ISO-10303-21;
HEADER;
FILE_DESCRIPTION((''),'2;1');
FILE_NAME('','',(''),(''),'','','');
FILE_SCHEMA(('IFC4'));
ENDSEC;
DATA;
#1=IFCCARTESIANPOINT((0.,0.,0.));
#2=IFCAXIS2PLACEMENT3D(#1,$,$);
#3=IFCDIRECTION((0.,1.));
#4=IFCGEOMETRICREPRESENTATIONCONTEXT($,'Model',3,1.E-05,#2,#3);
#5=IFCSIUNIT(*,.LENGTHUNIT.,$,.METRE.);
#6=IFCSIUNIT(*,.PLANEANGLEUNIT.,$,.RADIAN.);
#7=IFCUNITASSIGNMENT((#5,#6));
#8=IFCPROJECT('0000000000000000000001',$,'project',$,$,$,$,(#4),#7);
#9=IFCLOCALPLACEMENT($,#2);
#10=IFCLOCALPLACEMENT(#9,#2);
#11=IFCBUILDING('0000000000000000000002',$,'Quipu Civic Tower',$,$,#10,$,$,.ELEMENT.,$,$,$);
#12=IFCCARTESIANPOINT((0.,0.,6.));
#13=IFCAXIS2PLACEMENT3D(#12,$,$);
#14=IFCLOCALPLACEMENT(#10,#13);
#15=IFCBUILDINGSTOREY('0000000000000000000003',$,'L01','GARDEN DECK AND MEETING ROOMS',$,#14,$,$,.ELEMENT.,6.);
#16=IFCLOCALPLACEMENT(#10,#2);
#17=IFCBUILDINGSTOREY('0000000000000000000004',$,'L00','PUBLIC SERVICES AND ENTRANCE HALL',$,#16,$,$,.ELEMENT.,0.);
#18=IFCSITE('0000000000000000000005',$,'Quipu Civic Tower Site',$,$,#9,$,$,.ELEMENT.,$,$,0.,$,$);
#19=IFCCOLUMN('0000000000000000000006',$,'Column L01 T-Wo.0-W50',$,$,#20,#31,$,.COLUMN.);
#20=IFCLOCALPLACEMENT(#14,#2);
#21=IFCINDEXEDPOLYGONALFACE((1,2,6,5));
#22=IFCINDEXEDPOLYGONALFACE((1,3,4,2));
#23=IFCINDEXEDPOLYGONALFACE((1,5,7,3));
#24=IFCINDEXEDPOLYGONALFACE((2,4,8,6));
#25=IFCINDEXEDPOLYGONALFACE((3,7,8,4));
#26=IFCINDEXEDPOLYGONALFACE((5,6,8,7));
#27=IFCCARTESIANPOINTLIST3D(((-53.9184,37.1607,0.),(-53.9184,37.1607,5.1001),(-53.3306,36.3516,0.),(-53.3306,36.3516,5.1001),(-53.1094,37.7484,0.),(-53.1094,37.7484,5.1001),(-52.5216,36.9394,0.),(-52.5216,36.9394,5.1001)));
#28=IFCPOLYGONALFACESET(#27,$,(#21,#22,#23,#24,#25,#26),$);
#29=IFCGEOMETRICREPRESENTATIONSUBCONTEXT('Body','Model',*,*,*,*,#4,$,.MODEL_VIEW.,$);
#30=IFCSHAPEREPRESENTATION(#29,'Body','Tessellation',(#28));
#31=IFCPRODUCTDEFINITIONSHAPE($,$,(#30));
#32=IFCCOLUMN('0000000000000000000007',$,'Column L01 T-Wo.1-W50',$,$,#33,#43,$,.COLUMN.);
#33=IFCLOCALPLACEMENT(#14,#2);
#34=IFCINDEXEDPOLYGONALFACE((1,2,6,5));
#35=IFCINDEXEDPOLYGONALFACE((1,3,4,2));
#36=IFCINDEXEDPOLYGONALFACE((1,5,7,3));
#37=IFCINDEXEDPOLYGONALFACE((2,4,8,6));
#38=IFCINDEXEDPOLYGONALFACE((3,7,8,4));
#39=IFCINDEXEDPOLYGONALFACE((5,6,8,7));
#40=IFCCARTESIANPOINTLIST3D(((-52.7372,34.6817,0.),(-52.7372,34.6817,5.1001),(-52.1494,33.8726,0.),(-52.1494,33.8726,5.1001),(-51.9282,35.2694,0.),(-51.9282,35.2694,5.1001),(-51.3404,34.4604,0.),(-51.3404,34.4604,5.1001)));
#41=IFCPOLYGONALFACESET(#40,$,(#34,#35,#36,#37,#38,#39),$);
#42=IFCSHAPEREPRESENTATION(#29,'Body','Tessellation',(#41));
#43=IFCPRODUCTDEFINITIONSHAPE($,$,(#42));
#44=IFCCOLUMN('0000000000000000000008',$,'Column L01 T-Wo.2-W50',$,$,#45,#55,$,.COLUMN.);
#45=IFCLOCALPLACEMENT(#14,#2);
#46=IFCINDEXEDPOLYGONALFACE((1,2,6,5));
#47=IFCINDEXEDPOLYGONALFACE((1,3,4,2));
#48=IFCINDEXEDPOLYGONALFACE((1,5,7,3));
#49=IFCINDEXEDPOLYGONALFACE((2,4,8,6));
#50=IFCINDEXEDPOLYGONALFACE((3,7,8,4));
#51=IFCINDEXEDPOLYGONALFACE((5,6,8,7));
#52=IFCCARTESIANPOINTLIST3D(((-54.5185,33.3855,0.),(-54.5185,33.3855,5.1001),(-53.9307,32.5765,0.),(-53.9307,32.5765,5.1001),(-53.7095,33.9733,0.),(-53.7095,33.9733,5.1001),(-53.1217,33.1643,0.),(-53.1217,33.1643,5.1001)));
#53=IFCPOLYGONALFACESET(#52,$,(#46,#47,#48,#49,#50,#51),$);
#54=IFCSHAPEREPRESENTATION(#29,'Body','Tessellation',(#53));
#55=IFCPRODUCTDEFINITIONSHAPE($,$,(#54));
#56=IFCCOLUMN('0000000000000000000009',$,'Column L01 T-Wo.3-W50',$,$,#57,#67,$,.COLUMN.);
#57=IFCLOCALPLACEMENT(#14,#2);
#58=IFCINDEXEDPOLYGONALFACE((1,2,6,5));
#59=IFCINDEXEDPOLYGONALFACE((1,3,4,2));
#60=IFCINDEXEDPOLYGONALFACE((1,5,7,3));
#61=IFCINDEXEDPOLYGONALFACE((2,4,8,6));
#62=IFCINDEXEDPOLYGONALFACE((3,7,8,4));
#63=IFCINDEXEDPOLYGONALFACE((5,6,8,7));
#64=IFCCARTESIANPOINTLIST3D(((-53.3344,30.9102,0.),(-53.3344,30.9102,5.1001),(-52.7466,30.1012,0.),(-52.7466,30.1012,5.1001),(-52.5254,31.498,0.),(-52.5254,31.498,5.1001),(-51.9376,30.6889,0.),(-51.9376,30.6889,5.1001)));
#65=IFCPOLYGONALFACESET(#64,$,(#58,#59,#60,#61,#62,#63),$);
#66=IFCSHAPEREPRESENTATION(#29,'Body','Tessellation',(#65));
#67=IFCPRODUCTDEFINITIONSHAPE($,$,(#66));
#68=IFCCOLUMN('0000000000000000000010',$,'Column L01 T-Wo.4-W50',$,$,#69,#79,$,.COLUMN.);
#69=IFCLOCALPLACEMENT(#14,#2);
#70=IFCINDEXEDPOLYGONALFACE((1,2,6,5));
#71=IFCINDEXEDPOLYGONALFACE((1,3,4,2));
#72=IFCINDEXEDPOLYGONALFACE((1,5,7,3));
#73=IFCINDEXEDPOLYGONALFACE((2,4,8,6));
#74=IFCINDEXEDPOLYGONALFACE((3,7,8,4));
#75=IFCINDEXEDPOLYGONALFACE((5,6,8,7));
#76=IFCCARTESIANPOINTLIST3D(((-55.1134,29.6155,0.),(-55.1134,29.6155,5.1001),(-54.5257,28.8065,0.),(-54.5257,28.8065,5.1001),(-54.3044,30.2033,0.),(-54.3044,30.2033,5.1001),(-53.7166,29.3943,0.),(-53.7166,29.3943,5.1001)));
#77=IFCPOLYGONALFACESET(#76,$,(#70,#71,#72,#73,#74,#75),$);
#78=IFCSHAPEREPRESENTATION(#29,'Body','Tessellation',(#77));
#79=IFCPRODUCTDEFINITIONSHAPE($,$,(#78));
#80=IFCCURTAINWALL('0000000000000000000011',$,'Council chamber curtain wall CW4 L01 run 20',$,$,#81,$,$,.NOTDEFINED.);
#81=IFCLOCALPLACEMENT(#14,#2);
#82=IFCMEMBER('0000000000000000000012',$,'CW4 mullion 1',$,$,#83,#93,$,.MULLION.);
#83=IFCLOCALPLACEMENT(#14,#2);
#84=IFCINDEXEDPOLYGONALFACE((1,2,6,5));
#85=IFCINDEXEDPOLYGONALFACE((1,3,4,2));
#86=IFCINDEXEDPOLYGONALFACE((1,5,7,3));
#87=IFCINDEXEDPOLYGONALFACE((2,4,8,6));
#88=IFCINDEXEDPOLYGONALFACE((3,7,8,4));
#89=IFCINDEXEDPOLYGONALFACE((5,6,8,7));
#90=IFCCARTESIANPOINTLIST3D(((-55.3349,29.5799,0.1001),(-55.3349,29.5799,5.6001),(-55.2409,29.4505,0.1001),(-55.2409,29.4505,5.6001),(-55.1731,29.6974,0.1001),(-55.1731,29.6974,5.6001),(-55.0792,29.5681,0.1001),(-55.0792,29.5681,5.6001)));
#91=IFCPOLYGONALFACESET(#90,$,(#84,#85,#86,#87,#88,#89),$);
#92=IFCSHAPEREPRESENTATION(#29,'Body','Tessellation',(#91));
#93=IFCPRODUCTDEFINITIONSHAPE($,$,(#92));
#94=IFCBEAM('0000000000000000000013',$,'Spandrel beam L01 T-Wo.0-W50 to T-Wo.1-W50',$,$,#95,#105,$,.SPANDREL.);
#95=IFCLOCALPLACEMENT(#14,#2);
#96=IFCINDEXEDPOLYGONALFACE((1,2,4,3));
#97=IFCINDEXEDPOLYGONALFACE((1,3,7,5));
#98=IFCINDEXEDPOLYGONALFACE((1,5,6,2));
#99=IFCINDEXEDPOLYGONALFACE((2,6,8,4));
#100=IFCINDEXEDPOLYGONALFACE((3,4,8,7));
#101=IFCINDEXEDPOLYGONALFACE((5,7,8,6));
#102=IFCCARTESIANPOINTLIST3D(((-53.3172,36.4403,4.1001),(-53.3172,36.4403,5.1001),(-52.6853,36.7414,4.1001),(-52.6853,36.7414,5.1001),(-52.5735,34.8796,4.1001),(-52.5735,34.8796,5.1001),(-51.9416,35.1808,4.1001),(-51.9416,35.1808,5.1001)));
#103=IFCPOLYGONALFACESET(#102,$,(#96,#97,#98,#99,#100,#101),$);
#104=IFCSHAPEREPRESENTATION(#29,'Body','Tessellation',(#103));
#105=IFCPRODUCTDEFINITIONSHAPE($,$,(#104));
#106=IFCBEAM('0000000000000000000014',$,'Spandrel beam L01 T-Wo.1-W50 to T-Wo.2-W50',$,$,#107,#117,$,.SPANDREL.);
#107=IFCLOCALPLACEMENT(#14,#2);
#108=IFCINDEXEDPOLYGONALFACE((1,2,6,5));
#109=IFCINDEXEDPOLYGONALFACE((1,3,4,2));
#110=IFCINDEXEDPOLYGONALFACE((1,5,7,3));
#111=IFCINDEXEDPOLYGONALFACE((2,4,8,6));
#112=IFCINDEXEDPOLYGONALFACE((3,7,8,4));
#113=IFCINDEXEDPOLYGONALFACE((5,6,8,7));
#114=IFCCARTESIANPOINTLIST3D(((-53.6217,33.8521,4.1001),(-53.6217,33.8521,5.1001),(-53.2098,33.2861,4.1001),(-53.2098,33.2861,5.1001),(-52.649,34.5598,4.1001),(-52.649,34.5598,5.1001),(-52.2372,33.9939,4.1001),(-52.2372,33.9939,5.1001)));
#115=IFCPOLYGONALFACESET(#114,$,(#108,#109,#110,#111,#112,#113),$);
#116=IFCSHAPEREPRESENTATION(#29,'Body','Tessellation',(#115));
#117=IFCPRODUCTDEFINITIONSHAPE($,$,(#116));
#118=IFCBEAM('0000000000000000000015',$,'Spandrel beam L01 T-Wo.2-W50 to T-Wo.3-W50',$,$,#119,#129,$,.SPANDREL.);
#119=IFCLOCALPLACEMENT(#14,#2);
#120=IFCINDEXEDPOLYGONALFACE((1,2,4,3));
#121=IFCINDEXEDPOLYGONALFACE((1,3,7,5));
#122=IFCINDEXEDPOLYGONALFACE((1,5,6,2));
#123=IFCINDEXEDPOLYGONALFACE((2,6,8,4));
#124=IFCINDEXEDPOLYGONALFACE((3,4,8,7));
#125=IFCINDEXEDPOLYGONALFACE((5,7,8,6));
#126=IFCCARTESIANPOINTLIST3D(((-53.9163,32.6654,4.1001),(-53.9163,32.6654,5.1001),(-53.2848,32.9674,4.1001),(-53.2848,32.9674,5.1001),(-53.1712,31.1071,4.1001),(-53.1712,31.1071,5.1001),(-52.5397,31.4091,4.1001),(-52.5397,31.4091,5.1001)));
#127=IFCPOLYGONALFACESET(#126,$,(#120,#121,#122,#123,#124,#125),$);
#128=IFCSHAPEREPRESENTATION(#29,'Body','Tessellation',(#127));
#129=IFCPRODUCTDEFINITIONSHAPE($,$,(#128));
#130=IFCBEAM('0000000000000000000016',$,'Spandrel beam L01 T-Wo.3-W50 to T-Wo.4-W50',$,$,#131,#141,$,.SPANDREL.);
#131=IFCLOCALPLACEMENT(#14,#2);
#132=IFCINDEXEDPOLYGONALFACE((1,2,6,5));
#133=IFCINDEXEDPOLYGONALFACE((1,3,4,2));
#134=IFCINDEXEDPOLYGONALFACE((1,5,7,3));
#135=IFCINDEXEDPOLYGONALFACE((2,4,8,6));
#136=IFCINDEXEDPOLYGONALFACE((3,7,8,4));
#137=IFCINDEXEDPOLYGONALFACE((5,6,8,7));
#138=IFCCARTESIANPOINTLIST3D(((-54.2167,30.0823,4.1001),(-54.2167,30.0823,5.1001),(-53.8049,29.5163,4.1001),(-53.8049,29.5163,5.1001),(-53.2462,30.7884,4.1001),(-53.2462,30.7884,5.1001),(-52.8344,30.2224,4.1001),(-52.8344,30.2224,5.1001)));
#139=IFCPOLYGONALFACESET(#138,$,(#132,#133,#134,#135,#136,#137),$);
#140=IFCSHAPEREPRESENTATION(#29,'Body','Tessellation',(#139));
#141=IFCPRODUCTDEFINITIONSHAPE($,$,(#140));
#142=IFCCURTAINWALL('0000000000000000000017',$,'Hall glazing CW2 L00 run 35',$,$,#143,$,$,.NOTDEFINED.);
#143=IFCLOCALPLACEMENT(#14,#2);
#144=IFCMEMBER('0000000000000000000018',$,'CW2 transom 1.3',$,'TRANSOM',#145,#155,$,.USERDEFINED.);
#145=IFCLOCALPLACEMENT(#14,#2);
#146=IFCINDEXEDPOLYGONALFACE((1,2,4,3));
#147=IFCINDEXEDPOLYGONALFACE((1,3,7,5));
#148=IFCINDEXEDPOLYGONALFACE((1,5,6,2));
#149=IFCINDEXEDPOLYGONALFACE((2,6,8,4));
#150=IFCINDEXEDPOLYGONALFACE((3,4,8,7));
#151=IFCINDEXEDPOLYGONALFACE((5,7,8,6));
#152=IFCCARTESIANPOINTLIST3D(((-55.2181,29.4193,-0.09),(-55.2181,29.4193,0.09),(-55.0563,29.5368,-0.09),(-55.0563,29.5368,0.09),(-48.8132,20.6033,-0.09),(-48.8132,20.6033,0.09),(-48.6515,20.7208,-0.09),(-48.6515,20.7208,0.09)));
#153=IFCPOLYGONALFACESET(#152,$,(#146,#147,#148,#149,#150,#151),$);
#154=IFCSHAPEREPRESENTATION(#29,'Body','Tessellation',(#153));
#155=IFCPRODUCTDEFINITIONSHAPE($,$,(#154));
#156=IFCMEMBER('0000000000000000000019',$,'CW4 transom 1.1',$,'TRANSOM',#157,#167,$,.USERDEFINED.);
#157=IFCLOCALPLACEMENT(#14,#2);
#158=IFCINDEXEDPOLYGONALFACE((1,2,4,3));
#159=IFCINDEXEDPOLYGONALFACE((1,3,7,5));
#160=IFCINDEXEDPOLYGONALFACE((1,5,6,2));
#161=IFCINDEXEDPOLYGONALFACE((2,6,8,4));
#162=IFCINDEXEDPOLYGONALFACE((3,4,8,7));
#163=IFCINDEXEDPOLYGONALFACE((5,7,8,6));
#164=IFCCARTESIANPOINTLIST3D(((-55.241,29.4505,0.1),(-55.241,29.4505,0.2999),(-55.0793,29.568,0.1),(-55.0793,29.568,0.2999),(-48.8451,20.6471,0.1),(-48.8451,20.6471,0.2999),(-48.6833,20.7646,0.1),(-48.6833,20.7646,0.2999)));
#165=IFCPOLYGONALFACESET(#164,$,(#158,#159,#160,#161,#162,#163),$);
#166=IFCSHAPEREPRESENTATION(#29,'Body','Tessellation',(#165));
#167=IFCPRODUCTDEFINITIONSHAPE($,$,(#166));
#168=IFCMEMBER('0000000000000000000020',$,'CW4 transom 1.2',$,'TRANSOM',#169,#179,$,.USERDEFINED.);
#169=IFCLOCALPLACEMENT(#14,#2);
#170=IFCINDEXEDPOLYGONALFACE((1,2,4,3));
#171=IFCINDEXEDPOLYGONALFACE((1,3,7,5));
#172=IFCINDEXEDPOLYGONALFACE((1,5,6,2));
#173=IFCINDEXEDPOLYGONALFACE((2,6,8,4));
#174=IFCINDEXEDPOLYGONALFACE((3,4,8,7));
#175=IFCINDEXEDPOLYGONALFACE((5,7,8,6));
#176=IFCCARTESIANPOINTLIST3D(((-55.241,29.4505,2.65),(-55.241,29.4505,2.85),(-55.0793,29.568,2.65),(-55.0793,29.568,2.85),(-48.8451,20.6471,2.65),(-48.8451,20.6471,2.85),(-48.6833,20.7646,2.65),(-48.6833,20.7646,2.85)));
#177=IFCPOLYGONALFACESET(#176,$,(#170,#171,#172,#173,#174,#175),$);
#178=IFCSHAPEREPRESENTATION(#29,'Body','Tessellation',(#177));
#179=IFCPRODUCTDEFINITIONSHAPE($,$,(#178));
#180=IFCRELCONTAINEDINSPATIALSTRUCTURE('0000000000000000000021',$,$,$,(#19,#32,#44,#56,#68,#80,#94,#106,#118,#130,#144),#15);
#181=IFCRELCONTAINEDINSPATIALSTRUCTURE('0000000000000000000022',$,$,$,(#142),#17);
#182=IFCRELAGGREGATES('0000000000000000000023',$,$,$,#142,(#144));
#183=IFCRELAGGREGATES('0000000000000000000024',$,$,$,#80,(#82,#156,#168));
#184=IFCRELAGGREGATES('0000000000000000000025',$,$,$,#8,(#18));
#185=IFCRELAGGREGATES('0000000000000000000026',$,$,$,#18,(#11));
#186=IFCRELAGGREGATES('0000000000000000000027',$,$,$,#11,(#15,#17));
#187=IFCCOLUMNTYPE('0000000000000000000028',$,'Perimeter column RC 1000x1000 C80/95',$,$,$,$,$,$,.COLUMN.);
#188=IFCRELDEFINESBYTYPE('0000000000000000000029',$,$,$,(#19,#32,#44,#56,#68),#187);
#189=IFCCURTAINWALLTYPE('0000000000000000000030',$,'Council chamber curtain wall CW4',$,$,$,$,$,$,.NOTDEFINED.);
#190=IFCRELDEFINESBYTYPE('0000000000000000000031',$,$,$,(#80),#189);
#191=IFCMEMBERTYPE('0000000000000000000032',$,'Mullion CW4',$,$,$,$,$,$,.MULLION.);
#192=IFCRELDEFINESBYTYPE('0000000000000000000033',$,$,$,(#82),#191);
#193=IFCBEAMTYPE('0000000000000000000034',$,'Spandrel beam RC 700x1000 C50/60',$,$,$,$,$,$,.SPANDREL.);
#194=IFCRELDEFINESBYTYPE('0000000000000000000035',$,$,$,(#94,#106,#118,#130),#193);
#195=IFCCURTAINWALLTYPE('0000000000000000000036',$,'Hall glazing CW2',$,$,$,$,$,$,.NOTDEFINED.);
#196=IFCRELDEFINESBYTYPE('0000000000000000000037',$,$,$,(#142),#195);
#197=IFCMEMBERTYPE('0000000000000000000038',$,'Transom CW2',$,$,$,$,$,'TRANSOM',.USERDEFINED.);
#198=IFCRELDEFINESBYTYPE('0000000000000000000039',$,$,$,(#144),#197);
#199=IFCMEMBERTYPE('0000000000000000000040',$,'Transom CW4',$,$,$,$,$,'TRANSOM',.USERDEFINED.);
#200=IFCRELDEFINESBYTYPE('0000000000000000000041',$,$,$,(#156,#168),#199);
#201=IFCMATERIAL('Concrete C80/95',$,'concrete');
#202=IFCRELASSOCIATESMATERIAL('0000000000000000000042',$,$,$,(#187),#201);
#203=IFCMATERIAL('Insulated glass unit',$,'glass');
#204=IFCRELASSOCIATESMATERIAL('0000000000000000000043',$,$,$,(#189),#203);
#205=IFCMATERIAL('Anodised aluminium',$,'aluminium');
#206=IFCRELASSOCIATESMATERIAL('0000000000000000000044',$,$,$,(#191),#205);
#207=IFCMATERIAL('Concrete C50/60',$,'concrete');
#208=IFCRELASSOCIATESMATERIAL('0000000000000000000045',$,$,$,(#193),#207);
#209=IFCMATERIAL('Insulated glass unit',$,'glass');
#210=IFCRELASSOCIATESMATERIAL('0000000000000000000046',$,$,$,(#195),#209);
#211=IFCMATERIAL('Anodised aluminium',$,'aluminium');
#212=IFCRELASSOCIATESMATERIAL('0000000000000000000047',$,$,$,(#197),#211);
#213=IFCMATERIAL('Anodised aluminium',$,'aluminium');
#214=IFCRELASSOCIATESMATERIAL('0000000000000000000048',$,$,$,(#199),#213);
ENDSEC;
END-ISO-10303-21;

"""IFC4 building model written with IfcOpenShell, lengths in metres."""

from ifc_helpers import new_model, si_unit, direction, frame, origin, origin_2d, place, context, subcontext, project, spatial, rectangle, extrude, material, material_profile, profile_set, type_object, element, aggregate, save


model = new_model("IFC4")

# Units and contexts
model_context = context("Model", 3, precision=1e-05, world=origin(), true_north=direction((0.0, 1.0)))
body_context = subcontext(model_context, "Body", "Model", "MODEL_VIEW")
ifc_project = project(units=[si_unit("LENGTHUNIT", "METRE"), si_unit("PLANEANGLEUNIT", "RADIAN")], contexts=[model_context])

# Site, building, storey
site_placement = place(None, origin())
site = spatial("IfcSite", under=ifc_project, at=site_placement, Name="Quipu Civic Tower Site", CompositionType="ELEMENT", RefElevation=0.0)
building_placement = place(site_placement, origin())
building = spatial("IfcBuilding", under=site, at=building_placement, Name="Quipu Civic Tower", CompositionType="ELEMENT")
storey_1_placement = place(building_placement, frame((0.0, 0.0, 6.0)))
storey_1 = spatial("IfcBuildingStorey", under=building, at=storey_1_placement, Name="L01", Description="GARDEN DECK AND MEETING ROOMS", CompositionType="ELEMENT", Elevation=6.0)

# Columns
ifc_material_1 = material(Name="Concrete C80/95", Category="concrete")
ifc_material_profile_1 = material_profile(ifc_material_1, rectangle(XDim=1.0, YDim=1.0, at=origin_2d()), Name="RC1000x1000")
ifc_profile_set_1 = profile_set([ifc_material_profile_1], Name="Concrete C80/95")
column_type = type_object("IfcColumnType", Name="Perimeter column RC 1000x1000 C80/95", PredefinedType="COLUMN", material=ifc_profile_set_1)
for number, where, z_axis, x_axis, name in (
    (1, (-53.22, 37.05, 0.0), (0.0, 0.0, 1.0), (0.587785, -0.809017, 0.0), "Column L01 T-Wo.0-W50"),
    (2, (-52.0388, 34.571, 0.0), (0.0, 0.0, 1.0), (-0.809017, -0.587785, 0.0), "Column L01 T-Wo.1-W50"),
    (3, (-53.8201, 33.2749, 0.0), (0.0, 0.0, 1.0), (0.587785, -0.809017, 0.0), "Column L01 T-Wo.2-W50"),
    (4, (-52.636, 30.7996, 0.0), (0.0, 0.0, 1.0), (-0.809017, -0.587785, 0.0), "Column L01 T-Wo.3-W50"),
    (5, (-54.415, 29.5049, 0.0), (0.0, 0.0, 1.0), (0.587785, -0.809017, 0.0), "Column L01 T-Wo.4-W50"),
):
    element("IfcColumn", number, at=place(storey_1_placement, frame(where, z_axis=z_axis, x_axis=x_axis)), inside=storey_1, type_object=column_type, Name=name, PredefinedType="COLUMN", context=body_context, shape_type="SweptSolid", body=[
        extrude(rectangle(XDim=1.0, YDim=1.0, at=origin_2d()), origin(), (0.0, 0.0, 1.0), 5.1001),
    ])

# Curtain wall, member
ifc_material_2 = material(Name="Insulated glass unit", Category="glass")
curtain_wall_type_1 = type_object("IfcCurtainWallType", Name="Council chamber curtain wall CW4", PredefinedType="NOTDEFINED", material=ifc_material_2)
curtain_wall_1_placement = place(storey_1_placement, origin())
curtain_wall_1 = element("IfcCurtainWall", 6, at=curtain_wall_1_placement, inside=storey_1, type_object=curtain_wall_type_1, Name="Council chamber curtain wall CW4 L01 run 20", PredefinedType="NOTDEFINED")
ifc_material_3 = material(Name="Anodised aluminium", Category="aluminium")
ifc_material_profile_2 = material_profile(ifc_material_3, rectangle(XDim=0.2, YDim=0.1599, at=origin_2d()), Name="RECT 200x160")
ifc_profile_set_2 = profile_set([ifc_material_profile_2], Name="Anodised aluminium")
member_type_1 = type_object("IfcMemberType", Name="Mullion CW4", PredefinedType="MULLION", material=ifc_profile_set_2)
member_1_placement = place(storey_1_placement, frame((-55.207, 29.574, 0.1001), z_axis=(0.0, 0.0, 1.0), x_axis=(0.809017, 0.587785, 0.0)))
member_1 = element("IfcMember", 7, at=member_1_placement, type_object=member_type_1, Name="CW4 mullion 1", PredefinedType="MULLION", context=body_context, shape_type="SweptSolid", body=[
    extrude(rectangle(XDim=0.2, YDim=0.1599, at=origin_2d()), origin(), (0.0, 0.0, 1.0), 5.5),
])

# Beams
ifc_material_4 = material(Name="Concrete C50/60", Category="concrete")
ifc_material_profile_3 = material_profile(ifc_material_4, rectangle(XDim=0.7, YDim=1.0, at=origin_2d()), Name="RC700x1000")
ifc_profile_set_3 = profile_set([ifc_material_profile_3], Name="Concrete C50/60")
beam_type = type_object("IfcBeamType", Name="Spandrel beam RC 700x1000 C50/60", PredefinedType="SPANDREL", material=ifc_profile_set_3)
beam_1_placement = place(storey_1_placement, frame((-53.0012, 36.5908, 4.6001), z_axis=(0.430186, -0.90274, 0.0), x_axis=(0.90274, 0.430186, 0.0)))
element("IfcBeam", 8, at=beam_1_placement, inside=storey_1, type_object=beam_type, Name="Spandrel beam L01 T-Wo.0-W50 to T-Wo.1-W50", PredefinedType="SPANDREL", context=body_context, shape_type="SweptSolid", body=[
    extrude(rectangle(XDim=0.7, YDim=1.0, at=origin_2d()), origin(), (0.0, 0.0, 1.0), 1.7288),
])
beam_2_placement = place(storey_1_placement, frame((-52.4431, 34.2769, 4.6001), z_axis=(-0.808587, -0.588377, 0.0), x_axis=(0.588377, -0.808587, 0.0)))
element("IfcBeam", 9, at=beam_2_placement, inside=storey_1, type_object=beam_type, Name="Spandrel beam L01 T-Wo.1-W50 to T-Wo.2-W50", PredefinedType="SPANDREL", context=body_context, shape_type="SweptSolid", body=[
    extrude(rectangle(XDim=0.7, YDim=1.0, at=origin_2d()), origin(), (0.0, 0.0, 1.0), 1.2029),
])
beam_3_placement = place(storey_1_placement, frame((-53.6006, 32.8164, 4.6001), z_axis=(0.43137, -0.902175, 0.0), x_axis=(0.902175, 0.43137, 0.0)))
element("IfcBeam", 10, at=beam_3_placement, inside=storey_1, type_object=beam_type, Name="Spandrel beam L01 T-Wo.2-W50 to T-Wo.3-W50", PredefinedType="SPANDREL", context=body_context, shape_type="SweptSolid", body=[
    extrude(rectangle(XDim=0.7, YDim=1.0, at=origin_2d()), origin(), (0.0, 0.0, 1.0), 1.7273),
])
beam_4_placement = place(storey_1_placement, frame((-53.0403, 30.5054, 4.6001), z_axis=(-0.808631, -0.588317, 0.0), x_axis=(0.588317, -0.808631, 0.0)))
element("IfcBeam", 11, at=beam_4_placement, inside=storey_1, type_object=beam_type, Name="Spandrel beam L01 T-Wo.3-W50 to T-Wo.4-W50", PredefinedType="SPANDREL", context=body_context, shape_type="SweptSolid", body=[
    extrude(rectangle(XDim=0.7, YDim=1.0, at=origin_2d()), origin(), (0.0, 0.0, 1.0), 1.2002),
])

# Shared definitions
storey_2_placement = place(building_placement, origin())
storey_2 = spatial("IfcBuildingStorey", under=building, at=storey_2_placement, Name="L00", Description="PUBLIC SERVICES AND ENTRANCE HALL", CompositionType="ELEMENT", Elevation=0.0)

# Curtain wall, member
ifc_material_5 = material(Name="Insulated glass unit", Category="glass")
curtain_wall_type_2 = type_object("IfcCurtainWallType", Name="Hall glazing CW2", PredefinedType="NOTDEFINED", material=ifc_material_5)
curtain_wall_2_placement = place(storey_2_placement, origin())
curtain_wall_2 = element("IfcCurtainWall", 12, at=curtain_wall_2_placement, inside=storey_2, type_object=curtain_wall_type_2, Name="Hall glazing CW2 L00 run 35", PredefinedType="NOTDEFINED")
ifc_material_6 = material(Name="Anodised aluminium", Category="aluminium")
ifc_material_profile_4 = material_profile(ifc_material_6, rectangle(XDim=0.2, YDim=0.1799, at=origin_2d()), Name="RECT 200x180")
ifc_profile_set_4 = profile_set([ifc_material_profile_4], Name="Anodised aluminium")
member_type_2 = type_object("IfcMemberType", Name="Transom CW2", ElementType="TRANSOM", PredefinedType="USERDEFINED", material=ifc_profile_set_4)
member_2_placement = place(storey_1_placement, frame((-55.1372, 29.478, 0.0), z_axis=(0.587764, -0.809032, 0.0), x_axis=(0.809032, 0.587764, 0.0)))
member_2 = element("IfcMember", 13, at=member_2_placement, inside=storey_1, type_object=member_type_2, Name="CW2 transom 1.3", ObjectType="TRANSOM", PredefinedType="USERDEFINED", context=body_context, shape_type="SweptSolid", body=[
    extrude(rectangle(XDim=0.2, YDim=0.1799, at=origin_2d()), origin(), (0.0, 0.0, 1.0), 10.897),
])
aggregate(curtain_wall_2, [member_2])

# Members
ifc_material_7 = material(Name="Anodised aluminium", Category="aluminium")
ifc_material_profile_5 = material_profile(ifc_material_7, rectangle(XDim=0.2, YDim=0.2, at=origin_2d()), Name="RECT 200x200")
ifc_profile_set_5 = profile_set([ifc_material_profile_5], Name="Anodised aluminium")
member_type_3 = type_object("IfcMemberType", Name="Transom CW4", ElementType="TRANSOM", PredefinedType="USERDEFINED", material=ifc_profile_set_5)
member_3_placement = place(storey_1_placement, frame((-55.1602, 29.5093, 0.2), z_axis=(0.587779, -0.809021, 0.0), x_axis=(0.809021, 0.587779, 0.0)))
member_3 = element("IfcMember", 14, at=member_3_placement, type_object=member_type_3, Name="CW4 transom 1.1", ObjectType="TRANSOM", PredefinedType="USERDEFINED", context=body_context, shape_type="SweptSolid", body=[
    extrude(rectangle(XDim=0.2, YDim=0.2, at=origin_2d()), origin(), (0.0, 0.0, 1.0), 10.8816),
])
member_4_placement = place(storey_1_placement, frame((-55.1602, 29.5093, 2.75), z_axis=(0.587779, -0.809021, 0.0), x_axis=(0.809021, 0.587779, 0.0)))
member_4 = element("IfcMember", 15, at=member_4_placement, type_object=member_type_3, Name="CW4 transom 1.2", ObjectType="TRANSOM", PredefinedType="USERDEFINED", context=body_context, shape_type="SweptSolid", body=[
    extrude(rectangle(XDim=0.2, YDim=0.2, at=origin_2d()), origin(), (0.0, 0.0, 1.0), 10.8816),
])
aggregate(curtain_wall_1, [member_1, member_3, member_4])

save(model, "model.ifc")
